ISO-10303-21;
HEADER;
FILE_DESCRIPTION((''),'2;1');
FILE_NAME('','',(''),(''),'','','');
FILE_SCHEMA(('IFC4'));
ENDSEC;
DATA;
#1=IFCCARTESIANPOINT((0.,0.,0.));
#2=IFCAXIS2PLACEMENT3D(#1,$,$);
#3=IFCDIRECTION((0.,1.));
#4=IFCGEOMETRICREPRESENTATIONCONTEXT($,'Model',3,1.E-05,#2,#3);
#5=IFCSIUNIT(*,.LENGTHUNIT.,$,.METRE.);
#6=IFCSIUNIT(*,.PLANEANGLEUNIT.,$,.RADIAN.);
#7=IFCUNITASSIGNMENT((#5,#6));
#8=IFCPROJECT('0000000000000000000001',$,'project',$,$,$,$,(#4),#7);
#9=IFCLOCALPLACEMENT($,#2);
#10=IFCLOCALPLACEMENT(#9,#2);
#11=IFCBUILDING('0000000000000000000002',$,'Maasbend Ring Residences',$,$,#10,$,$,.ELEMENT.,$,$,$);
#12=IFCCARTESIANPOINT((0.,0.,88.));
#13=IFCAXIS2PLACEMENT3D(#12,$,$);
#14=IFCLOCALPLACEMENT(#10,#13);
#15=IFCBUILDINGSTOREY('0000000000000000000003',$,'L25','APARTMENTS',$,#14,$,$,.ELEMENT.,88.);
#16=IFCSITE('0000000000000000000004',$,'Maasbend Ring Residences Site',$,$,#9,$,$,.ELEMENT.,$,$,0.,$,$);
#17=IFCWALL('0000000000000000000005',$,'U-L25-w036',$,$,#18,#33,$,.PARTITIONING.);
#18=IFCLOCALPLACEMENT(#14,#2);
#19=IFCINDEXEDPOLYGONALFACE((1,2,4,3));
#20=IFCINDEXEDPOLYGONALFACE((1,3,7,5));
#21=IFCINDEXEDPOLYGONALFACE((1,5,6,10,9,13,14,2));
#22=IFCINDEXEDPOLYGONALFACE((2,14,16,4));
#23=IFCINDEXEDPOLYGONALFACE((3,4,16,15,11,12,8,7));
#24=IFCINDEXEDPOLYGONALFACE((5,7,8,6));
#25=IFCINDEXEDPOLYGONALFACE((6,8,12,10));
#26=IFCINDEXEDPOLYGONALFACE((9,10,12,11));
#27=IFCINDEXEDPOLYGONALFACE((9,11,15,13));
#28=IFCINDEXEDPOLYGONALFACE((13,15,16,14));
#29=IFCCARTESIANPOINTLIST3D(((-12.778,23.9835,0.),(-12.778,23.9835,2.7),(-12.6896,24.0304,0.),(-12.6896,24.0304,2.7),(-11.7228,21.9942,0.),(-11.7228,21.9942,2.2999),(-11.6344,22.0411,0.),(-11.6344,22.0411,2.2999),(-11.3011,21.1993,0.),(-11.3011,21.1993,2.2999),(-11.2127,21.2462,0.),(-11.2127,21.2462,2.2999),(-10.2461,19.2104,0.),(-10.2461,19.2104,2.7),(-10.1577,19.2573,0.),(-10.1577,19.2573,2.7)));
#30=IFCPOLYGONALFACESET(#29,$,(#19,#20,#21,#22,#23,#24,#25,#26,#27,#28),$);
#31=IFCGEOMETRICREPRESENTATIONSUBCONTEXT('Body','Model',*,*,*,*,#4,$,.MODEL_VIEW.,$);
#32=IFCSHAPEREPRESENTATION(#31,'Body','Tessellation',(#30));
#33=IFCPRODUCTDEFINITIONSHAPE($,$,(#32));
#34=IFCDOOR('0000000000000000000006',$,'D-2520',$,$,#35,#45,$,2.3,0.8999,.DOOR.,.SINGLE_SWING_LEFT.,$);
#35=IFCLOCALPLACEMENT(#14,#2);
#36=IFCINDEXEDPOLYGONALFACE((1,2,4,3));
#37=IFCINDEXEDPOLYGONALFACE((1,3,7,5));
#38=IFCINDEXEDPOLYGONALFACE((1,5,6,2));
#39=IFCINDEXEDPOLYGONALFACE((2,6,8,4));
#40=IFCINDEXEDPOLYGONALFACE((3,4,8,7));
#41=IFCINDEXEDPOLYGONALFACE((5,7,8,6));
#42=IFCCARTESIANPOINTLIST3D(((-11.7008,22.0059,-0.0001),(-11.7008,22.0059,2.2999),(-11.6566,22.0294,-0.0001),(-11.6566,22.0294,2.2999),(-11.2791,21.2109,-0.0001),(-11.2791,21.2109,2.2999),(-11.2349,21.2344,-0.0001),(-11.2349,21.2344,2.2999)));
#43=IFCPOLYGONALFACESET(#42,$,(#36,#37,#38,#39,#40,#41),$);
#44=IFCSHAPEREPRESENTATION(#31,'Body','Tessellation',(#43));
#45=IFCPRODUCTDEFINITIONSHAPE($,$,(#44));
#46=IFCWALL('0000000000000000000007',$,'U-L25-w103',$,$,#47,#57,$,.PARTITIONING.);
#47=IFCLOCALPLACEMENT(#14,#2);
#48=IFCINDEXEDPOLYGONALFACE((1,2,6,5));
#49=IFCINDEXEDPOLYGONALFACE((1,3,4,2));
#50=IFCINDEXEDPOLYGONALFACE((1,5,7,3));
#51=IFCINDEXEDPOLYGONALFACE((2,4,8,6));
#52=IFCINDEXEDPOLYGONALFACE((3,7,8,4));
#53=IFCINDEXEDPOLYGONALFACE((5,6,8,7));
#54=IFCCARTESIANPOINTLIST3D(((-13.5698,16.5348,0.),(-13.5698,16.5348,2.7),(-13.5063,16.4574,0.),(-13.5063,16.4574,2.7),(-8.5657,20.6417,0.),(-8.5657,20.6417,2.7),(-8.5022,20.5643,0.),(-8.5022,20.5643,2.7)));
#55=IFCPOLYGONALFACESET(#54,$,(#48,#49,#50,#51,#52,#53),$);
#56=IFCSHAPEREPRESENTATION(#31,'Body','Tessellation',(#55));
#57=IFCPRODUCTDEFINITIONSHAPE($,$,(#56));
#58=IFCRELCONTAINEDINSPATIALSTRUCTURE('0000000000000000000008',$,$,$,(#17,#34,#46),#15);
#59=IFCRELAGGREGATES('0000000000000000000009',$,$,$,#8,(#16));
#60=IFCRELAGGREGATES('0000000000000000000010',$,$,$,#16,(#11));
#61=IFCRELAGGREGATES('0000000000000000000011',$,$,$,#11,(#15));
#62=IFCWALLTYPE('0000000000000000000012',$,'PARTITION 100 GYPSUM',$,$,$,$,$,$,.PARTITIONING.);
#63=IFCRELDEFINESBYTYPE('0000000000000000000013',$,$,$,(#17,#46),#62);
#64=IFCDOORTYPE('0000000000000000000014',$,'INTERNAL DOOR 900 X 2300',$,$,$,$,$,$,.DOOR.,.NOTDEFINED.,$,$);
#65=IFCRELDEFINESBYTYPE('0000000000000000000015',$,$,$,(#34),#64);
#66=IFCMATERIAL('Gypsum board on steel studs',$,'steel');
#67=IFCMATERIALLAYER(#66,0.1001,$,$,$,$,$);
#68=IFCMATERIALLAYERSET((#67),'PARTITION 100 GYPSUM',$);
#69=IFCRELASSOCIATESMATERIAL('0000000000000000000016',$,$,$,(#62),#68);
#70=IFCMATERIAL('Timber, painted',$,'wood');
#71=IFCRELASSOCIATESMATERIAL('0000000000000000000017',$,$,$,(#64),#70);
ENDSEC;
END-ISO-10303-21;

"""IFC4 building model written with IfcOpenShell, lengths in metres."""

from ifc_helpers import new_model, si_unit, direction, frame, frame_2d, origin, place, context, subcontext, project, spatial, rectangle, extrude, material, layer, layer_set, type_object, element, fill, save


model = new_model("IFC4")

# Units and contexts
model_context = context("Model", 3, precision=1e-05, world=origin(), true_north=direction((0.0, 1.0)))
body_context = subcontext(model_context, "Body", "Model", "MODEL_VIEW")
ifc_project = project(units=[si_unit("LENGTHUNIT", "METRE"), si_unit("PLANEANGLEUNIT", "RADIAN")], contexts=[model_context])

# Site, building, storey
site_placement = place(None, origin())
site = spatial("IfcSite", under=ifc_project, at=site_placement, Name="Maasbend Ring Residences Site", CompositionType="ELEMENT", RefElevation=0.0)
building_placement = place(site_placement, origin())
building = spatial("IfcBuilding", under=site, at=building_placement, Name="Maasbend Ring Residences", CompositionType="ELEMENT")
storey_placement = place(building_placement, frame((0.0, 0.0, 88.0)))
storey = spatial("IfcBuildingStorey", under=building, at=storey_placement, Name="L25", Description="APARTMENTS", CompositionType="ELEMENT", Elevation=88.0)

# Wall, opening, door
ifc_material_1 = material(Name="Gypsum board on steel studs", Category="steel")
ifc_layer_1 = layer(ifc_material_1, 0.1001)
ifc_layer_set_1 = layer_set([ifc_layer_1], Name="PARTITION 100 GYPSUM")
wall_type_1 = type_object("IfcWallType", Name="PARTITION 100 GYPSUM", PredefinedType="PARTITIONING", material=ifc_layer_set_1)
ifc_material_2 = material(Name="Timber, painted", Category="wood")
door_type_1 = type_object("IfcDoorType", Name="INTERNAL DOOR 900 X 2300", OperationType="NOTDEFINED", PredefinedType="DOOR", material=ifc_material_2)
wall_1_placement = place(storey_placement, frame((-12.7339, 24.0071, 0.0), z_axis=(0.0, 0.0, 1.0), x_axis=(0.46861, -0.883405, 0.0)))
wall_1 = element("IfcWall", 1, at=wall_1_placement, inside=storey, type_object=wall_type_1, Name="U-L25-w036", PredefinedType="PARTITIONING", context=body_context, shape_type="SweptSolid", body=[
    extrude(rectangle(XDim=5.4031, YDim=0.1001, at=frame_2d((2.7017, 0.0))), origin(), (0.0, 0.0, 1.0), 2.7),
])
opening_1_placement = place(wall_1_placement, frame((2.252, 0.0, 0.0)))
opening_1 = element("IfcOpeningElement", 2, at=opening_1_placement, cuts=wall_1, PredefinedType="OPENING", context=body_context, shape_type="SweptSolid", body=[
    extrude(rectangle(XDim=0.8999, YDim=2.3, at=frame_2d((0.45, 1.1499))), frame((0.0, 0.0601, 0.0), z_axis=(0.0, -1.0, 0.0), x_axis=(1.0, 0.0, 0.0)), (0.0, 0.0, 1.0), 0.1201),
])
door_1_placement = place(opening_1_placement, origin())
door_1 = element("IfcDoor", 3, at=door_1_placement, inside=storey, type_object=door_type_1, Name="D-2520", OperationType="SINGLE_SWING_LEFT", OverallHeight=2.3, OverallWidth=0.8999, PredefinedType="DOOR", context=body_context, shape_type="SweptSolid", body=[
    extrude(rectangle(XDim=0.8999, YDim=2.3, at=frame_2d((0.45, 1.1499))), frame((0.0, 0.0249, 0.0), z_axis=(0.0, -1.0, 0.0), x_axis=(1.0, 0.0, 0.0)), (0.0, 0.0, 1.0), 0.05),
])
fill(opening_1, door_1)

# Wall
wall_2_placement = place(storey_placement, frame((-13.5381, 16.4961, 0.0), z_axis=(0.0, 0.0, 1.0), x_axis=(0.773, 0.634406, 0.0)))
element("IfcWall", 4, at=wall_2_placement, inside=storey, type_object=wall_type_1, Name="U-L25-w103", PredefinedType="PARTITIONING", context=body_context, shape_type="SweptSolid", body=[
    extrude(rectangle(XDim=6.4736, YDim=0.1001, at=frame_2d((3.2368, 0.0))), origin(), (0.0, 0.0, 1.0), 2.7),
])

save(model, "model.ifc")
